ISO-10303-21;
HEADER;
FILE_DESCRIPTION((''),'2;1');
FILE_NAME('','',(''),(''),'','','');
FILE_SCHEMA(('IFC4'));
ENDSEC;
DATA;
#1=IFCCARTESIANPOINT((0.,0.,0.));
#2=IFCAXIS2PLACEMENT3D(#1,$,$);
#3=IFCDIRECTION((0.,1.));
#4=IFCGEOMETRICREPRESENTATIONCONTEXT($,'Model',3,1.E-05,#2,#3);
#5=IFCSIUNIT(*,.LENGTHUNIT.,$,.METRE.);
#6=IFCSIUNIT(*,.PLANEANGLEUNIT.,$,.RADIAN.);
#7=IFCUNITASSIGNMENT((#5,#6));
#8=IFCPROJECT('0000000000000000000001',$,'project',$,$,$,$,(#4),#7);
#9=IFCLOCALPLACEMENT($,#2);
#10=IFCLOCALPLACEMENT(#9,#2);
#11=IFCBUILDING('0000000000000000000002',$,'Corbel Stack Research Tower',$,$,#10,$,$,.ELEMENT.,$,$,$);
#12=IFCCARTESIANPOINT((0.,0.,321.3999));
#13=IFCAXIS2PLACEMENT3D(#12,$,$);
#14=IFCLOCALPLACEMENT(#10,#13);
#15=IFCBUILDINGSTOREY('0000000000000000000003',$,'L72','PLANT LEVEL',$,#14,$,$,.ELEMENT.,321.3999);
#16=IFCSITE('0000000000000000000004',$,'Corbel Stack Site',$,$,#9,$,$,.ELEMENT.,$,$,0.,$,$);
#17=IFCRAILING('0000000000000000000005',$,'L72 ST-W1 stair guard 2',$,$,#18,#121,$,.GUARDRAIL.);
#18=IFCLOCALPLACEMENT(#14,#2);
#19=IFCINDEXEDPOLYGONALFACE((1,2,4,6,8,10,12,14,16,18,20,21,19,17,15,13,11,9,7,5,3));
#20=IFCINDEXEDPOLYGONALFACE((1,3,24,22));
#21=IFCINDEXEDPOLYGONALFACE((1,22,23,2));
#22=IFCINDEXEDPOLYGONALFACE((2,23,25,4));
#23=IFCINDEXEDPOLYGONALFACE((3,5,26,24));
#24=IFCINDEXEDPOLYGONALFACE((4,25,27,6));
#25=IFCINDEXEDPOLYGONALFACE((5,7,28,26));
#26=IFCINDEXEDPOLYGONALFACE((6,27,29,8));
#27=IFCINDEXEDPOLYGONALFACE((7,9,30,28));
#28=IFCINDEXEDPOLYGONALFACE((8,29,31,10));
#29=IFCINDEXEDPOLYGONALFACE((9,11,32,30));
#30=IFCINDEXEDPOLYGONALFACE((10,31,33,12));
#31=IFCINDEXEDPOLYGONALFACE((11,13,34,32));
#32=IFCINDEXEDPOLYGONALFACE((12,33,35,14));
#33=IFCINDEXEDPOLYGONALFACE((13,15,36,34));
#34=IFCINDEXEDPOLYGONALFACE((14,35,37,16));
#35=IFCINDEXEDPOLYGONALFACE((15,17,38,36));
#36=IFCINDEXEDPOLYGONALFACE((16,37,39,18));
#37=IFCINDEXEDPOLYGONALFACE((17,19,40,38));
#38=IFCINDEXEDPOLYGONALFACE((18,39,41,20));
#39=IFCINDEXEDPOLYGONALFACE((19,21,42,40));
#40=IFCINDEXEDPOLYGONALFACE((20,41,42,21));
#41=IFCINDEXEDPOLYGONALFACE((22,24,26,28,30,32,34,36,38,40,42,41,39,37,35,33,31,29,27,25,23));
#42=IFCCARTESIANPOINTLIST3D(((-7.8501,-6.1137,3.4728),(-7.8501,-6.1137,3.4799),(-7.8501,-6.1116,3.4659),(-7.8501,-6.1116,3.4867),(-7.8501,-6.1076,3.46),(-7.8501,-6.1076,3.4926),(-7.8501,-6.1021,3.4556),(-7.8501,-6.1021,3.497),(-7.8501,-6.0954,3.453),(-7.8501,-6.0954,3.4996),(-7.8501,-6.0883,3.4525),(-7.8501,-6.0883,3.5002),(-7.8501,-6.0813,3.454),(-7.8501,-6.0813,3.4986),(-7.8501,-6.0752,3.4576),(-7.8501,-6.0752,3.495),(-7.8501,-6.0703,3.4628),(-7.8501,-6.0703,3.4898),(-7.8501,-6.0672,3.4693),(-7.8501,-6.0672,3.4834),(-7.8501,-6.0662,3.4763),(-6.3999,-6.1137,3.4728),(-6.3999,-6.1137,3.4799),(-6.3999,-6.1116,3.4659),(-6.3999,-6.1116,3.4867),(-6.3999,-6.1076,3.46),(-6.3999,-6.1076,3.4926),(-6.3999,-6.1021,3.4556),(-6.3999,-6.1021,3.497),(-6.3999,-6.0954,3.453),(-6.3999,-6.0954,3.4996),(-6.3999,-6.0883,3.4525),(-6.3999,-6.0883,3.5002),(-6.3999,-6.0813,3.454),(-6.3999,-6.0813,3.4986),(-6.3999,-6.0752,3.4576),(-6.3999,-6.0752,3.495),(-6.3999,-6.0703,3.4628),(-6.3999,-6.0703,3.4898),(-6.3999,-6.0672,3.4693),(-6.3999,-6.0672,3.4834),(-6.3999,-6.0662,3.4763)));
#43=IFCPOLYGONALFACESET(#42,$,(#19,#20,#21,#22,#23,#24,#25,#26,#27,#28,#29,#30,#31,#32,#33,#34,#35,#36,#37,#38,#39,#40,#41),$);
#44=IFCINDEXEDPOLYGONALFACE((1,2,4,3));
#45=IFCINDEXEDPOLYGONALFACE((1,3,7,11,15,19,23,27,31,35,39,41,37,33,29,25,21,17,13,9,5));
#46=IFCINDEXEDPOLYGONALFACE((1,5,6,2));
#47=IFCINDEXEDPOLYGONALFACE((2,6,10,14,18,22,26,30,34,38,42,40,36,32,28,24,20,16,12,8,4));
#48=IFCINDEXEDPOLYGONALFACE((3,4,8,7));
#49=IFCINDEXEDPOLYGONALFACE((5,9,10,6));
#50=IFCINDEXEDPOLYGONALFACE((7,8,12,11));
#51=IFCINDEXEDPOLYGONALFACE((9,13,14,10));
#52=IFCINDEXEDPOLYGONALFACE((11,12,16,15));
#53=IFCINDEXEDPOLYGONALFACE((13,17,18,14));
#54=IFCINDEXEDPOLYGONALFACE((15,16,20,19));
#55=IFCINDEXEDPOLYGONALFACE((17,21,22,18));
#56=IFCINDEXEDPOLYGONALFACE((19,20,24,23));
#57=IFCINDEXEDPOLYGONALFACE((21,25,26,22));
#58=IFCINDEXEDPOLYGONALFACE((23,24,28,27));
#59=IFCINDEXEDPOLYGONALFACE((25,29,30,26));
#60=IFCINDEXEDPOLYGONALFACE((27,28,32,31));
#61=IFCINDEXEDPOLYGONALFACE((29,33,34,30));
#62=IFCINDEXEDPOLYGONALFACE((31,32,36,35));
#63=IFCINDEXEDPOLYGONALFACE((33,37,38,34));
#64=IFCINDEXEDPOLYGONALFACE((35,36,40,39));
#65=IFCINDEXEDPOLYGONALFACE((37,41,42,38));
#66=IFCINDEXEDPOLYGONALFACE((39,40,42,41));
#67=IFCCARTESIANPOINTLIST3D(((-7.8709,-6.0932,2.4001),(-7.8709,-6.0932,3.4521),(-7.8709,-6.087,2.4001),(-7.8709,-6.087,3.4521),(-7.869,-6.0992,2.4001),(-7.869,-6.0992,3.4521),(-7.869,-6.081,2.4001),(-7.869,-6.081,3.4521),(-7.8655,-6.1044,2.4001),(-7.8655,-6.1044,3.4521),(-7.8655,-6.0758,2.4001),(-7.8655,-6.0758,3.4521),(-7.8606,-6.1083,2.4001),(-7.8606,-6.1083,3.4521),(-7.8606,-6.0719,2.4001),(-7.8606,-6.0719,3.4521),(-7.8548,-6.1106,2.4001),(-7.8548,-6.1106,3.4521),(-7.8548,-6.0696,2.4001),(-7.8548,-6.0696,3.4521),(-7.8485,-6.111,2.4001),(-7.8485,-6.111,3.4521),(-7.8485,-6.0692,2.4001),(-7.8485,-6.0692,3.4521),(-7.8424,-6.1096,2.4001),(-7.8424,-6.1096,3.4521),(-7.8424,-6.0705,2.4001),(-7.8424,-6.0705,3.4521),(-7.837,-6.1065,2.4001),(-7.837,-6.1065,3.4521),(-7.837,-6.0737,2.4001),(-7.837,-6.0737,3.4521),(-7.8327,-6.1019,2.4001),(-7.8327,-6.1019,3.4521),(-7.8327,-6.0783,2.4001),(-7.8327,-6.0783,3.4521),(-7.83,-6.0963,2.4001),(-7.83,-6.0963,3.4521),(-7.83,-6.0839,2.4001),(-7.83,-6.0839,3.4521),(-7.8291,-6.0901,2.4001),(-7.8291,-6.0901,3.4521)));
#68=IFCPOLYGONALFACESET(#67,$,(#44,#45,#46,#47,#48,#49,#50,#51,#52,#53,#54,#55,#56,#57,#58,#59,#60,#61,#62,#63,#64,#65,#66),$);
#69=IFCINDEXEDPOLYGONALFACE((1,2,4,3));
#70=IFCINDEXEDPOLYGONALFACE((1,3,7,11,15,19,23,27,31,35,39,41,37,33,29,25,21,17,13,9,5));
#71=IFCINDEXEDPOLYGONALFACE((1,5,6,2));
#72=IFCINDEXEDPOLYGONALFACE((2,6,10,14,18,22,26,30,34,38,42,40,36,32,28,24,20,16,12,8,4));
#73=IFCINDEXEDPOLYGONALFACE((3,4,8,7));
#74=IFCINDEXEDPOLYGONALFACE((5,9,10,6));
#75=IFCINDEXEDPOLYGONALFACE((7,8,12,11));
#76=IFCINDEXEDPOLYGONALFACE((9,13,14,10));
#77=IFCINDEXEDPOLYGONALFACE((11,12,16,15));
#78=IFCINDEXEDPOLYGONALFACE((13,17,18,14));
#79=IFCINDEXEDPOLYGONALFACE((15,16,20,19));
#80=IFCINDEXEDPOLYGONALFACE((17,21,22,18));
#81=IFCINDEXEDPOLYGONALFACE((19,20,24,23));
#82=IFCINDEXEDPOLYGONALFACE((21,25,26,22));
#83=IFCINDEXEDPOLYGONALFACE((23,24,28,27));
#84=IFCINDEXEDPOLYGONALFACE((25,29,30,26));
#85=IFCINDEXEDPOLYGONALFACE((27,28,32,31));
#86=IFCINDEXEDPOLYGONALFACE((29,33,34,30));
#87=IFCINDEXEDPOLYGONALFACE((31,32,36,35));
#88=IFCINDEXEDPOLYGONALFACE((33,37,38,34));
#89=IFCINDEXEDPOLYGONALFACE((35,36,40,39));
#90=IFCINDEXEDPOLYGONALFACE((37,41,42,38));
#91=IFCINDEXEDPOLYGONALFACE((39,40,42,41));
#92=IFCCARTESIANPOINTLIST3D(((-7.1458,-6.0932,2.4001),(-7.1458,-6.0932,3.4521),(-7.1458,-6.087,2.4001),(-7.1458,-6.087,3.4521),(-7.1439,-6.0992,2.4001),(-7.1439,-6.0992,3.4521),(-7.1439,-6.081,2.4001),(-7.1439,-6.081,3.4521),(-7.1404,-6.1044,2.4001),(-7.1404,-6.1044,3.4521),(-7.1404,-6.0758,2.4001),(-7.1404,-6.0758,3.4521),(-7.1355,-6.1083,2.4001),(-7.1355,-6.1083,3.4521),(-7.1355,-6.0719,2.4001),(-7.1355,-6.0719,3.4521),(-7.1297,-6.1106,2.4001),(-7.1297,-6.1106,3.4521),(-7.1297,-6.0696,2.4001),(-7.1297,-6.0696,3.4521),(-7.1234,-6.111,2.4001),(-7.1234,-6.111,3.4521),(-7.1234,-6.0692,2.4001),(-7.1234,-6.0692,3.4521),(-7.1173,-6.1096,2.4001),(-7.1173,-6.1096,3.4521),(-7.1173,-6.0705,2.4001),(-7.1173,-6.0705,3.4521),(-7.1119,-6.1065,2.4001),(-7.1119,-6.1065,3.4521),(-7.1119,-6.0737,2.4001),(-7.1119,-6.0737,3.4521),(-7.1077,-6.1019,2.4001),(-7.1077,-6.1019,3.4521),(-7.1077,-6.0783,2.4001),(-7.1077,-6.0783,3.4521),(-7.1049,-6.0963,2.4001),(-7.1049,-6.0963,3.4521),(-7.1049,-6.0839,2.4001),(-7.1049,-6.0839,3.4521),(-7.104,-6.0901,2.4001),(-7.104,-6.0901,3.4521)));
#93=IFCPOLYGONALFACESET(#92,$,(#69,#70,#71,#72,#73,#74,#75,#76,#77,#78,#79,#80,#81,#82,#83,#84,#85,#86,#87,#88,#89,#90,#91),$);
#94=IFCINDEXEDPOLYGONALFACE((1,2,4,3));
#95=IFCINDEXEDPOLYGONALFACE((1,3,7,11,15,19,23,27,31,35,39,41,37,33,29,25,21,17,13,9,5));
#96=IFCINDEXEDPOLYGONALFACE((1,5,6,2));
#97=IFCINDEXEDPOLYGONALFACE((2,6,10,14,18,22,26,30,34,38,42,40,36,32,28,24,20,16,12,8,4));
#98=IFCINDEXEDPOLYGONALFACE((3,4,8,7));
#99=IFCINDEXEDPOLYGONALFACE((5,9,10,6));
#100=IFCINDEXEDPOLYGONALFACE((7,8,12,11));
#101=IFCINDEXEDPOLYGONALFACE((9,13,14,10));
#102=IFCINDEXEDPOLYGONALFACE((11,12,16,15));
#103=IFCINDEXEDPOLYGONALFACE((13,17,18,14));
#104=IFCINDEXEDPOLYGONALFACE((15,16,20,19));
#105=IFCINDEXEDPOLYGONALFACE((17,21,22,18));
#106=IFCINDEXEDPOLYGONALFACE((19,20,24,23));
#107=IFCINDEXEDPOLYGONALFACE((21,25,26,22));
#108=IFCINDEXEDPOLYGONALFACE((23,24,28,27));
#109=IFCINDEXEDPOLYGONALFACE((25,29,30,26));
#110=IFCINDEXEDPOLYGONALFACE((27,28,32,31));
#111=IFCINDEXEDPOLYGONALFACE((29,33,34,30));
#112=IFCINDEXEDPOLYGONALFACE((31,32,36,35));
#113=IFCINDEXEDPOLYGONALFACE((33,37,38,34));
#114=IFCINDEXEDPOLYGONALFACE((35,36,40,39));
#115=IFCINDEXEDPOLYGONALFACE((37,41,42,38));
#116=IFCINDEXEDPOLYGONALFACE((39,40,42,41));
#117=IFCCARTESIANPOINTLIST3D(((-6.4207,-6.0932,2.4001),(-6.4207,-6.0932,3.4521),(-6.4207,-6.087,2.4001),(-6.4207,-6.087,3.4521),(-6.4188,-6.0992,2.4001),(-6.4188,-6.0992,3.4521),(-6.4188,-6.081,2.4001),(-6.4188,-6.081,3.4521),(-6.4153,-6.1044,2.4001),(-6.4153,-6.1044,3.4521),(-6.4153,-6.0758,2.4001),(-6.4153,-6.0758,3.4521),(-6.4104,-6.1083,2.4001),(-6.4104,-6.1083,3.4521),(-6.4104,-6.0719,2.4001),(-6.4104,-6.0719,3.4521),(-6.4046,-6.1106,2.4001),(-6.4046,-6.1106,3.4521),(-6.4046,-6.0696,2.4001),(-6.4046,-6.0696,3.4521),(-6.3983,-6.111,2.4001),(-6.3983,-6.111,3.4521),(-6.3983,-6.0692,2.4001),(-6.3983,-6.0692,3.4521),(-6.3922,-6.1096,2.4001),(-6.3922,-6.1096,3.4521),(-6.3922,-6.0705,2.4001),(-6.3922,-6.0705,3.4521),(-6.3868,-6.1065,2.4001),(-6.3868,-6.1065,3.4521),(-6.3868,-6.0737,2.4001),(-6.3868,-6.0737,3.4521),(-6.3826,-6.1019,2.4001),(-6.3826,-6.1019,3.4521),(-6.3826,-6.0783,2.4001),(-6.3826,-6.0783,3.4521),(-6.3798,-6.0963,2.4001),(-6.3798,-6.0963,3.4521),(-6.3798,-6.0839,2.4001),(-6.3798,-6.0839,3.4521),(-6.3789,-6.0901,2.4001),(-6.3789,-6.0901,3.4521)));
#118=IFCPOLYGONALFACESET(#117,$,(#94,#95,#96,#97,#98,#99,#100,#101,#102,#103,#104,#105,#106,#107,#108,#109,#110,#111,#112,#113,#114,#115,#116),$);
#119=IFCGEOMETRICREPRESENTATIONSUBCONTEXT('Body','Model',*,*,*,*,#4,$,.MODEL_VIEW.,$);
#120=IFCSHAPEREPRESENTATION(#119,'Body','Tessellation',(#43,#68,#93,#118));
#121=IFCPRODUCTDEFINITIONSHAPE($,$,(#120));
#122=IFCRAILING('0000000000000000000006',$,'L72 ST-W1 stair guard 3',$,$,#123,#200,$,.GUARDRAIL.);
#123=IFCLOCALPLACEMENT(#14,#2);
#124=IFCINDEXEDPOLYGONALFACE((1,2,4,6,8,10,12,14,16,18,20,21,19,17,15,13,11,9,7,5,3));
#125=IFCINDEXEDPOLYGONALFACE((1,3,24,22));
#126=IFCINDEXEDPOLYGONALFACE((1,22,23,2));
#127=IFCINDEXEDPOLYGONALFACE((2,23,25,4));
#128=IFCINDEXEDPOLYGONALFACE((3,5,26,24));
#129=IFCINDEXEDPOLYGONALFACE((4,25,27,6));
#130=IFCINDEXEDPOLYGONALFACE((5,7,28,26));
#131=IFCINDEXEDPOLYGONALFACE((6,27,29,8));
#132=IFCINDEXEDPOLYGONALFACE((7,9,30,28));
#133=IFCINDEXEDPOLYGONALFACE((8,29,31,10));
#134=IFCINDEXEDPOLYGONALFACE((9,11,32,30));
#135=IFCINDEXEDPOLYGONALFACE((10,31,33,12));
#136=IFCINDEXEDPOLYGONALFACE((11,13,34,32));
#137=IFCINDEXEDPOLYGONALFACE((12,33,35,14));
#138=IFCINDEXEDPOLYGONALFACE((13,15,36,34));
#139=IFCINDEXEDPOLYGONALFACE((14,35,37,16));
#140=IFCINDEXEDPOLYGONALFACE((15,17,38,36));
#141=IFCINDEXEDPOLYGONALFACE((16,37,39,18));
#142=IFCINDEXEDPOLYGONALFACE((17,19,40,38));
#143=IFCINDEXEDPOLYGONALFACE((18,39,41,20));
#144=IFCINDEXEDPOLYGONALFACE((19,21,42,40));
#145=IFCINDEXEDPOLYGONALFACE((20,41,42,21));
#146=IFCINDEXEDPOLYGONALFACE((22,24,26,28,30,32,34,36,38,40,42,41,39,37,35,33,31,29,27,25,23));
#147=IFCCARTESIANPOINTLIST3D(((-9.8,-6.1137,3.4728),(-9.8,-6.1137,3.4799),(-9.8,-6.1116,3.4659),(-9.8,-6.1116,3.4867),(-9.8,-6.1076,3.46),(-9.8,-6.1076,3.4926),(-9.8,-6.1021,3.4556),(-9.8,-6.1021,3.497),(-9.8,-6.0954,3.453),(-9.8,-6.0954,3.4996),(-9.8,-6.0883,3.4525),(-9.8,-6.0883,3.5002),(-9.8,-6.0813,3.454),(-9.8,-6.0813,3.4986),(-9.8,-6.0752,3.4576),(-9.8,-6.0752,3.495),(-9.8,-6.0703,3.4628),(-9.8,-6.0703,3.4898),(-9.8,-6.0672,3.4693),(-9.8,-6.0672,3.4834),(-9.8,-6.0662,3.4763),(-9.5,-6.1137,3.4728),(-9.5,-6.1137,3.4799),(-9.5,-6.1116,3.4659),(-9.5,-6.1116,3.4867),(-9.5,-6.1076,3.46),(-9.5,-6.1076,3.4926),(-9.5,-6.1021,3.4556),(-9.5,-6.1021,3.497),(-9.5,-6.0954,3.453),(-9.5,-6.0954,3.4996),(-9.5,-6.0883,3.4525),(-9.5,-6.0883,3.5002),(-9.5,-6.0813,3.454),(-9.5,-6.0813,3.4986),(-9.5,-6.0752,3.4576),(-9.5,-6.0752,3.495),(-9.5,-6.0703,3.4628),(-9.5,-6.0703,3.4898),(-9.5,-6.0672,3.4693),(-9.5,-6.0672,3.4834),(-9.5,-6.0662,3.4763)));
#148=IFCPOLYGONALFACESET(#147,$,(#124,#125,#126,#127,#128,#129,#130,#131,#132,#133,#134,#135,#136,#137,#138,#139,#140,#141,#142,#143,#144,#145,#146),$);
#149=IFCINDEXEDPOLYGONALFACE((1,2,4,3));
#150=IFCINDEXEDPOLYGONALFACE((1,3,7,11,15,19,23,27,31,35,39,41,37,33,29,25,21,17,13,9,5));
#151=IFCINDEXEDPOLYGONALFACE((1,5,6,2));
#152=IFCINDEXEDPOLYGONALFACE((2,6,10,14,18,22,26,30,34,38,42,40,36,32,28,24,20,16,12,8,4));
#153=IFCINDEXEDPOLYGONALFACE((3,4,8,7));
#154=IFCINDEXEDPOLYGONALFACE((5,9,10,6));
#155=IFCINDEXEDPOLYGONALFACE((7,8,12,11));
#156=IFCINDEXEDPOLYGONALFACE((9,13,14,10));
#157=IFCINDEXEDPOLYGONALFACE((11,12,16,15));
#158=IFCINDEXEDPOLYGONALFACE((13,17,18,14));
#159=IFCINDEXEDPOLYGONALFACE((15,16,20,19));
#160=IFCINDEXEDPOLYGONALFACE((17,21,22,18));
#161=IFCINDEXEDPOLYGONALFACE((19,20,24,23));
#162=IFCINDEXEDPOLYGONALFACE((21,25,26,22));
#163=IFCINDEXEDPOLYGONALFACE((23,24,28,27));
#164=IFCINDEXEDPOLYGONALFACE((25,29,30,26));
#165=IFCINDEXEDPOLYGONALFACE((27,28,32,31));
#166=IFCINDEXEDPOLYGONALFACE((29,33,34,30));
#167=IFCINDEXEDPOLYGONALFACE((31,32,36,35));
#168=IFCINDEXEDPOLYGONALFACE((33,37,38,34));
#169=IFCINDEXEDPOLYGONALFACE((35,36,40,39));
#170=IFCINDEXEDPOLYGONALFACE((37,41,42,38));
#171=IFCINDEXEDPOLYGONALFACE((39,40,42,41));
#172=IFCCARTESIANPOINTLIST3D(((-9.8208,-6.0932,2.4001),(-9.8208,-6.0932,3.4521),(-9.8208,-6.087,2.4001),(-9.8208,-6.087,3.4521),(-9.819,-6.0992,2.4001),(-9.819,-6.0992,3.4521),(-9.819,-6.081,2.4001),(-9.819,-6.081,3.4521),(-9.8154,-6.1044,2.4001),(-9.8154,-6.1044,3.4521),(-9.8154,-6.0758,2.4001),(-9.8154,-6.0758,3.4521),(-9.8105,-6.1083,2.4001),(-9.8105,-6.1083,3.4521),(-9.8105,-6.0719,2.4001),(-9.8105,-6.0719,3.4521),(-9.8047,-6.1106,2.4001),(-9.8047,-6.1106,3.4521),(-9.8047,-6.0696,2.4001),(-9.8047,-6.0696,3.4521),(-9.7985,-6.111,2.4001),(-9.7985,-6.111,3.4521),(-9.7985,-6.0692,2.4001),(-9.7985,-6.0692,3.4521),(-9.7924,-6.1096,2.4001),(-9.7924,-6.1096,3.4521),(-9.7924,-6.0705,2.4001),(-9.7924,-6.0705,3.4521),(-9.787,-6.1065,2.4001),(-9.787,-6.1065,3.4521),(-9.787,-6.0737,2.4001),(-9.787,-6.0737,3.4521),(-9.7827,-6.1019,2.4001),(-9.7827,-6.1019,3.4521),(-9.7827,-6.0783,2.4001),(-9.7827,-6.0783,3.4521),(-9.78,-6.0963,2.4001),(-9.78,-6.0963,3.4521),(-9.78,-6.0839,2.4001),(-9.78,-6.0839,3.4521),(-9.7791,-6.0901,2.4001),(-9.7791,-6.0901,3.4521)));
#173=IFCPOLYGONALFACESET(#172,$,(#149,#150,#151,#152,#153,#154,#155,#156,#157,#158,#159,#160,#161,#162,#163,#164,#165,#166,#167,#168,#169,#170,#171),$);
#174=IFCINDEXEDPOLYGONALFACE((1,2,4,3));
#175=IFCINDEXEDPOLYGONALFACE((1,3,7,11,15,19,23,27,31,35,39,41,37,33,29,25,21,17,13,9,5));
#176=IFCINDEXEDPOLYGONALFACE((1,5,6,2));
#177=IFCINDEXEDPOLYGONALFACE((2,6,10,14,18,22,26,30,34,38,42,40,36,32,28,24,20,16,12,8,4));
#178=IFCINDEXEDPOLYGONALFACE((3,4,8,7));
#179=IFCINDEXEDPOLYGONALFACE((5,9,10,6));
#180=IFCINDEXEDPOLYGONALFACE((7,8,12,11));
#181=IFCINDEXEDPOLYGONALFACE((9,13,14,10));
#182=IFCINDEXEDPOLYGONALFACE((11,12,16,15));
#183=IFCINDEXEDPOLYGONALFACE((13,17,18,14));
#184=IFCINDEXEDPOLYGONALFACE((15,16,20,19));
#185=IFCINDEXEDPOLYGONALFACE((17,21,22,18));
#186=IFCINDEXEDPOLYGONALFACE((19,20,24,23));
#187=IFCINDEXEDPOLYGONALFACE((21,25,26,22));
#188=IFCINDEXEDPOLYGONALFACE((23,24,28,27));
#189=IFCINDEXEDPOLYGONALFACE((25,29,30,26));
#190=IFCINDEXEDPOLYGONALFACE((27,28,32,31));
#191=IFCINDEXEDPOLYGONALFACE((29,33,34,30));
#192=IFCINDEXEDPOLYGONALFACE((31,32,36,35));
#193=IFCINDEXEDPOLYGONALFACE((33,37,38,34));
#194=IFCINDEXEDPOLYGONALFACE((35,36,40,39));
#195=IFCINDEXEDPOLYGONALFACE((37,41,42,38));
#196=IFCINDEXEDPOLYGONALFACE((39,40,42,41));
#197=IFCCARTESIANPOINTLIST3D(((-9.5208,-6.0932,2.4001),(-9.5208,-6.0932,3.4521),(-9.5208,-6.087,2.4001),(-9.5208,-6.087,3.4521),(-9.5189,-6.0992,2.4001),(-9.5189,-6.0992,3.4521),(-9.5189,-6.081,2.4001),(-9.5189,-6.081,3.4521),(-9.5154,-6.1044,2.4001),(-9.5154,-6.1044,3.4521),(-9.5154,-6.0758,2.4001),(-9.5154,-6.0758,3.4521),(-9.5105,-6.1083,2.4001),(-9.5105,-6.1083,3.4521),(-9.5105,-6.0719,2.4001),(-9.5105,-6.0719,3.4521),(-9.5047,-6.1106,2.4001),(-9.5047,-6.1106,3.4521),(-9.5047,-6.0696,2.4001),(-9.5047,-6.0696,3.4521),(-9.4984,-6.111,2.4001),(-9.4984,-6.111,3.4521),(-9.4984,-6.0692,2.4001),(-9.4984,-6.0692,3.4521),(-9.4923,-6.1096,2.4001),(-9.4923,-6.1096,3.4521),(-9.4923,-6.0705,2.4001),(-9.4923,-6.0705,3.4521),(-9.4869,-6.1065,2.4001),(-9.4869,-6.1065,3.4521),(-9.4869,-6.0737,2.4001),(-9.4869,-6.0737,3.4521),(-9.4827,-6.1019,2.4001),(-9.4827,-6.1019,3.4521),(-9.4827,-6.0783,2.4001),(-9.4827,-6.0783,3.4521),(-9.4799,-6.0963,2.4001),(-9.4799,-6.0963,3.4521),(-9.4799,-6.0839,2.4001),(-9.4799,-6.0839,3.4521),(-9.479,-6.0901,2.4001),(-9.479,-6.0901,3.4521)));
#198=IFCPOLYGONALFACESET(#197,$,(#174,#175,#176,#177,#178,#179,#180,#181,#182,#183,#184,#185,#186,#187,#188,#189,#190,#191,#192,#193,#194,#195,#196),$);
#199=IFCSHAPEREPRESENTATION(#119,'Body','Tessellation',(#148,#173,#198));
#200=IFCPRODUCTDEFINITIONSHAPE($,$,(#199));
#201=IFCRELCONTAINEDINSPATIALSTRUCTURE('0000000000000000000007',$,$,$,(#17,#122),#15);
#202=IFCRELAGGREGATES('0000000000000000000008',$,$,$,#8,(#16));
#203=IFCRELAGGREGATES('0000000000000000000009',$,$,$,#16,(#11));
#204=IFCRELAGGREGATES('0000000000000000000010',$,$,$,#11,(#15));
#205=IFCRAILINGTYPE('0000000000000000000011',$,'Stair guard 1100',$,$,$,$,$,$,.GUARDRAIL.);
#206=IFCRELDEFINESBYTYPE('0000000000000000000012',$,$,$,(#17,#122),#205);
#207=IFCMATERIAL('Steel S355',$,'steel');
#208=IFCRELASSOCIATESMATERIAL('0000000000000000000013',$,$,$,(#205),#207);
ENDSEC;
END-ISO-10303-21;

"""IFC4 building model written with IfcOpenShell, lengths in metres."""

from ifc_helpers import new_model, si_unit, direction, frame, origin, origin_2d, place, context, subcontext, project, spatial, circle, extrude, material, type_object, element, save


model = new_model("IFC4")

# Units and contexts
model_context = context("Model", 3, precision=1e-05, world=origin(), true_north=direction((0.0, 1.0)))
body_context = subcontext(model_context, "Body", "Model", "MODEL_VIEW")
ifc_project = project(units=[si_unit("LENGTHUNIT", "METRE"), si_unit("PLANEANGLEUNIT", "RADIAN")], contexts=[model_context])

# Site, building, storey
site_placement = place(None, origin())
site = spatial("IfcSite", under=ifc_project, at=site_placement, Name="Corbel Stack Site", CompositionType="ELEMENT", RefElevation=0.0)
building_placement = place(site_placement, origin())
building = spatial("IfcBuilding", under=site, at=building_placement, Name="Corbel Stack Research Tower", CompositionType="ELEMENT")
storey_placement = place(building_placement, frame((0.0, 0.0, 321.3999)))
storey = spatial("IfcBuildingStorey", under=building, at=storey_placement, Name="L72", Description="PLANT LEVEL", CompositionType="ELEMENT", Elevation=321.3999)

# Railings
ifc_material_1 = material(Name="Steel S355", Category="steel")
railing_type_1 = type_object("IfcRailingType", Name="Stair guard 1100", PredefinedType="GUARDRAIL", material=ifc_material_1)
railing_1_placement = place(storey_placement, frame((-7.8501, -6.0901, 2.4001)))
element("IfcRailing", 1, at=railing_1_placement, inside=storey, type_object=railing_type_1, Name="L72 ST-W1 stair guard 2", PredefinedType="GUARDRAIL", context=body_context, shape_type="SweptSolid", body=[
    extrude(circle(Radius=0.0239, at=origin_2d()), frame((0.0, 0.0, 1.0762), z_axis=(1.0, 0.0, 0.0), x_axis=(0.0, 1.0, 0.0)), (0.0, 0.0, 1.0), 1.4502),
    extrude(circle(Radius=0.021, at=origin_2d()), origin(), (0.0, 0.0, 1.0), 1.052),
    extrude(circle(Radius=0.021, at=origin_2d()), frame((0.7251, 0.0, 0.0)), (0.0, 0.0, 1.0), 1.052),
    extrude(circle(Radius=0.021, at=origin_2d()), frame((1.4502, 0.0, 0.0)), (0.0, 0.0, 1.0), 1.052),
])
railing_2_placement = place(storey_placement, frame((-9.8, -6.0901, 2.4001)))
element("IfcRailing", 2, at=railing_2_placement, inside=storey, type_object=railing_type_1, Name="L72 ST-W1 stair guard 3", PredefinedType="GUARDRAIL", context=body_context, shape_type="SweptSolid", body=[
    extrude(circle(Radius=0.0239, at=origin_2d()), frame((0.0, 0.0, 1.0762), z_axis=(1.0, 0.0, 0.0), x_axis=(0.0, 1.0, 0.0)), (0.0, 0.0, 1.0), 0.3),
    extrude(circle(Radius=0.021, at=origin_2d()), origin(), (0.0, 0.0, 1.0), 1.052),
    extrude(circle(Radius=0.021, at=origin_2d()), frame((0.3, 0.0, 0.0)), (0.0, 0.0, 1.0), 1.052),
])

save(model, "model.ifc")
